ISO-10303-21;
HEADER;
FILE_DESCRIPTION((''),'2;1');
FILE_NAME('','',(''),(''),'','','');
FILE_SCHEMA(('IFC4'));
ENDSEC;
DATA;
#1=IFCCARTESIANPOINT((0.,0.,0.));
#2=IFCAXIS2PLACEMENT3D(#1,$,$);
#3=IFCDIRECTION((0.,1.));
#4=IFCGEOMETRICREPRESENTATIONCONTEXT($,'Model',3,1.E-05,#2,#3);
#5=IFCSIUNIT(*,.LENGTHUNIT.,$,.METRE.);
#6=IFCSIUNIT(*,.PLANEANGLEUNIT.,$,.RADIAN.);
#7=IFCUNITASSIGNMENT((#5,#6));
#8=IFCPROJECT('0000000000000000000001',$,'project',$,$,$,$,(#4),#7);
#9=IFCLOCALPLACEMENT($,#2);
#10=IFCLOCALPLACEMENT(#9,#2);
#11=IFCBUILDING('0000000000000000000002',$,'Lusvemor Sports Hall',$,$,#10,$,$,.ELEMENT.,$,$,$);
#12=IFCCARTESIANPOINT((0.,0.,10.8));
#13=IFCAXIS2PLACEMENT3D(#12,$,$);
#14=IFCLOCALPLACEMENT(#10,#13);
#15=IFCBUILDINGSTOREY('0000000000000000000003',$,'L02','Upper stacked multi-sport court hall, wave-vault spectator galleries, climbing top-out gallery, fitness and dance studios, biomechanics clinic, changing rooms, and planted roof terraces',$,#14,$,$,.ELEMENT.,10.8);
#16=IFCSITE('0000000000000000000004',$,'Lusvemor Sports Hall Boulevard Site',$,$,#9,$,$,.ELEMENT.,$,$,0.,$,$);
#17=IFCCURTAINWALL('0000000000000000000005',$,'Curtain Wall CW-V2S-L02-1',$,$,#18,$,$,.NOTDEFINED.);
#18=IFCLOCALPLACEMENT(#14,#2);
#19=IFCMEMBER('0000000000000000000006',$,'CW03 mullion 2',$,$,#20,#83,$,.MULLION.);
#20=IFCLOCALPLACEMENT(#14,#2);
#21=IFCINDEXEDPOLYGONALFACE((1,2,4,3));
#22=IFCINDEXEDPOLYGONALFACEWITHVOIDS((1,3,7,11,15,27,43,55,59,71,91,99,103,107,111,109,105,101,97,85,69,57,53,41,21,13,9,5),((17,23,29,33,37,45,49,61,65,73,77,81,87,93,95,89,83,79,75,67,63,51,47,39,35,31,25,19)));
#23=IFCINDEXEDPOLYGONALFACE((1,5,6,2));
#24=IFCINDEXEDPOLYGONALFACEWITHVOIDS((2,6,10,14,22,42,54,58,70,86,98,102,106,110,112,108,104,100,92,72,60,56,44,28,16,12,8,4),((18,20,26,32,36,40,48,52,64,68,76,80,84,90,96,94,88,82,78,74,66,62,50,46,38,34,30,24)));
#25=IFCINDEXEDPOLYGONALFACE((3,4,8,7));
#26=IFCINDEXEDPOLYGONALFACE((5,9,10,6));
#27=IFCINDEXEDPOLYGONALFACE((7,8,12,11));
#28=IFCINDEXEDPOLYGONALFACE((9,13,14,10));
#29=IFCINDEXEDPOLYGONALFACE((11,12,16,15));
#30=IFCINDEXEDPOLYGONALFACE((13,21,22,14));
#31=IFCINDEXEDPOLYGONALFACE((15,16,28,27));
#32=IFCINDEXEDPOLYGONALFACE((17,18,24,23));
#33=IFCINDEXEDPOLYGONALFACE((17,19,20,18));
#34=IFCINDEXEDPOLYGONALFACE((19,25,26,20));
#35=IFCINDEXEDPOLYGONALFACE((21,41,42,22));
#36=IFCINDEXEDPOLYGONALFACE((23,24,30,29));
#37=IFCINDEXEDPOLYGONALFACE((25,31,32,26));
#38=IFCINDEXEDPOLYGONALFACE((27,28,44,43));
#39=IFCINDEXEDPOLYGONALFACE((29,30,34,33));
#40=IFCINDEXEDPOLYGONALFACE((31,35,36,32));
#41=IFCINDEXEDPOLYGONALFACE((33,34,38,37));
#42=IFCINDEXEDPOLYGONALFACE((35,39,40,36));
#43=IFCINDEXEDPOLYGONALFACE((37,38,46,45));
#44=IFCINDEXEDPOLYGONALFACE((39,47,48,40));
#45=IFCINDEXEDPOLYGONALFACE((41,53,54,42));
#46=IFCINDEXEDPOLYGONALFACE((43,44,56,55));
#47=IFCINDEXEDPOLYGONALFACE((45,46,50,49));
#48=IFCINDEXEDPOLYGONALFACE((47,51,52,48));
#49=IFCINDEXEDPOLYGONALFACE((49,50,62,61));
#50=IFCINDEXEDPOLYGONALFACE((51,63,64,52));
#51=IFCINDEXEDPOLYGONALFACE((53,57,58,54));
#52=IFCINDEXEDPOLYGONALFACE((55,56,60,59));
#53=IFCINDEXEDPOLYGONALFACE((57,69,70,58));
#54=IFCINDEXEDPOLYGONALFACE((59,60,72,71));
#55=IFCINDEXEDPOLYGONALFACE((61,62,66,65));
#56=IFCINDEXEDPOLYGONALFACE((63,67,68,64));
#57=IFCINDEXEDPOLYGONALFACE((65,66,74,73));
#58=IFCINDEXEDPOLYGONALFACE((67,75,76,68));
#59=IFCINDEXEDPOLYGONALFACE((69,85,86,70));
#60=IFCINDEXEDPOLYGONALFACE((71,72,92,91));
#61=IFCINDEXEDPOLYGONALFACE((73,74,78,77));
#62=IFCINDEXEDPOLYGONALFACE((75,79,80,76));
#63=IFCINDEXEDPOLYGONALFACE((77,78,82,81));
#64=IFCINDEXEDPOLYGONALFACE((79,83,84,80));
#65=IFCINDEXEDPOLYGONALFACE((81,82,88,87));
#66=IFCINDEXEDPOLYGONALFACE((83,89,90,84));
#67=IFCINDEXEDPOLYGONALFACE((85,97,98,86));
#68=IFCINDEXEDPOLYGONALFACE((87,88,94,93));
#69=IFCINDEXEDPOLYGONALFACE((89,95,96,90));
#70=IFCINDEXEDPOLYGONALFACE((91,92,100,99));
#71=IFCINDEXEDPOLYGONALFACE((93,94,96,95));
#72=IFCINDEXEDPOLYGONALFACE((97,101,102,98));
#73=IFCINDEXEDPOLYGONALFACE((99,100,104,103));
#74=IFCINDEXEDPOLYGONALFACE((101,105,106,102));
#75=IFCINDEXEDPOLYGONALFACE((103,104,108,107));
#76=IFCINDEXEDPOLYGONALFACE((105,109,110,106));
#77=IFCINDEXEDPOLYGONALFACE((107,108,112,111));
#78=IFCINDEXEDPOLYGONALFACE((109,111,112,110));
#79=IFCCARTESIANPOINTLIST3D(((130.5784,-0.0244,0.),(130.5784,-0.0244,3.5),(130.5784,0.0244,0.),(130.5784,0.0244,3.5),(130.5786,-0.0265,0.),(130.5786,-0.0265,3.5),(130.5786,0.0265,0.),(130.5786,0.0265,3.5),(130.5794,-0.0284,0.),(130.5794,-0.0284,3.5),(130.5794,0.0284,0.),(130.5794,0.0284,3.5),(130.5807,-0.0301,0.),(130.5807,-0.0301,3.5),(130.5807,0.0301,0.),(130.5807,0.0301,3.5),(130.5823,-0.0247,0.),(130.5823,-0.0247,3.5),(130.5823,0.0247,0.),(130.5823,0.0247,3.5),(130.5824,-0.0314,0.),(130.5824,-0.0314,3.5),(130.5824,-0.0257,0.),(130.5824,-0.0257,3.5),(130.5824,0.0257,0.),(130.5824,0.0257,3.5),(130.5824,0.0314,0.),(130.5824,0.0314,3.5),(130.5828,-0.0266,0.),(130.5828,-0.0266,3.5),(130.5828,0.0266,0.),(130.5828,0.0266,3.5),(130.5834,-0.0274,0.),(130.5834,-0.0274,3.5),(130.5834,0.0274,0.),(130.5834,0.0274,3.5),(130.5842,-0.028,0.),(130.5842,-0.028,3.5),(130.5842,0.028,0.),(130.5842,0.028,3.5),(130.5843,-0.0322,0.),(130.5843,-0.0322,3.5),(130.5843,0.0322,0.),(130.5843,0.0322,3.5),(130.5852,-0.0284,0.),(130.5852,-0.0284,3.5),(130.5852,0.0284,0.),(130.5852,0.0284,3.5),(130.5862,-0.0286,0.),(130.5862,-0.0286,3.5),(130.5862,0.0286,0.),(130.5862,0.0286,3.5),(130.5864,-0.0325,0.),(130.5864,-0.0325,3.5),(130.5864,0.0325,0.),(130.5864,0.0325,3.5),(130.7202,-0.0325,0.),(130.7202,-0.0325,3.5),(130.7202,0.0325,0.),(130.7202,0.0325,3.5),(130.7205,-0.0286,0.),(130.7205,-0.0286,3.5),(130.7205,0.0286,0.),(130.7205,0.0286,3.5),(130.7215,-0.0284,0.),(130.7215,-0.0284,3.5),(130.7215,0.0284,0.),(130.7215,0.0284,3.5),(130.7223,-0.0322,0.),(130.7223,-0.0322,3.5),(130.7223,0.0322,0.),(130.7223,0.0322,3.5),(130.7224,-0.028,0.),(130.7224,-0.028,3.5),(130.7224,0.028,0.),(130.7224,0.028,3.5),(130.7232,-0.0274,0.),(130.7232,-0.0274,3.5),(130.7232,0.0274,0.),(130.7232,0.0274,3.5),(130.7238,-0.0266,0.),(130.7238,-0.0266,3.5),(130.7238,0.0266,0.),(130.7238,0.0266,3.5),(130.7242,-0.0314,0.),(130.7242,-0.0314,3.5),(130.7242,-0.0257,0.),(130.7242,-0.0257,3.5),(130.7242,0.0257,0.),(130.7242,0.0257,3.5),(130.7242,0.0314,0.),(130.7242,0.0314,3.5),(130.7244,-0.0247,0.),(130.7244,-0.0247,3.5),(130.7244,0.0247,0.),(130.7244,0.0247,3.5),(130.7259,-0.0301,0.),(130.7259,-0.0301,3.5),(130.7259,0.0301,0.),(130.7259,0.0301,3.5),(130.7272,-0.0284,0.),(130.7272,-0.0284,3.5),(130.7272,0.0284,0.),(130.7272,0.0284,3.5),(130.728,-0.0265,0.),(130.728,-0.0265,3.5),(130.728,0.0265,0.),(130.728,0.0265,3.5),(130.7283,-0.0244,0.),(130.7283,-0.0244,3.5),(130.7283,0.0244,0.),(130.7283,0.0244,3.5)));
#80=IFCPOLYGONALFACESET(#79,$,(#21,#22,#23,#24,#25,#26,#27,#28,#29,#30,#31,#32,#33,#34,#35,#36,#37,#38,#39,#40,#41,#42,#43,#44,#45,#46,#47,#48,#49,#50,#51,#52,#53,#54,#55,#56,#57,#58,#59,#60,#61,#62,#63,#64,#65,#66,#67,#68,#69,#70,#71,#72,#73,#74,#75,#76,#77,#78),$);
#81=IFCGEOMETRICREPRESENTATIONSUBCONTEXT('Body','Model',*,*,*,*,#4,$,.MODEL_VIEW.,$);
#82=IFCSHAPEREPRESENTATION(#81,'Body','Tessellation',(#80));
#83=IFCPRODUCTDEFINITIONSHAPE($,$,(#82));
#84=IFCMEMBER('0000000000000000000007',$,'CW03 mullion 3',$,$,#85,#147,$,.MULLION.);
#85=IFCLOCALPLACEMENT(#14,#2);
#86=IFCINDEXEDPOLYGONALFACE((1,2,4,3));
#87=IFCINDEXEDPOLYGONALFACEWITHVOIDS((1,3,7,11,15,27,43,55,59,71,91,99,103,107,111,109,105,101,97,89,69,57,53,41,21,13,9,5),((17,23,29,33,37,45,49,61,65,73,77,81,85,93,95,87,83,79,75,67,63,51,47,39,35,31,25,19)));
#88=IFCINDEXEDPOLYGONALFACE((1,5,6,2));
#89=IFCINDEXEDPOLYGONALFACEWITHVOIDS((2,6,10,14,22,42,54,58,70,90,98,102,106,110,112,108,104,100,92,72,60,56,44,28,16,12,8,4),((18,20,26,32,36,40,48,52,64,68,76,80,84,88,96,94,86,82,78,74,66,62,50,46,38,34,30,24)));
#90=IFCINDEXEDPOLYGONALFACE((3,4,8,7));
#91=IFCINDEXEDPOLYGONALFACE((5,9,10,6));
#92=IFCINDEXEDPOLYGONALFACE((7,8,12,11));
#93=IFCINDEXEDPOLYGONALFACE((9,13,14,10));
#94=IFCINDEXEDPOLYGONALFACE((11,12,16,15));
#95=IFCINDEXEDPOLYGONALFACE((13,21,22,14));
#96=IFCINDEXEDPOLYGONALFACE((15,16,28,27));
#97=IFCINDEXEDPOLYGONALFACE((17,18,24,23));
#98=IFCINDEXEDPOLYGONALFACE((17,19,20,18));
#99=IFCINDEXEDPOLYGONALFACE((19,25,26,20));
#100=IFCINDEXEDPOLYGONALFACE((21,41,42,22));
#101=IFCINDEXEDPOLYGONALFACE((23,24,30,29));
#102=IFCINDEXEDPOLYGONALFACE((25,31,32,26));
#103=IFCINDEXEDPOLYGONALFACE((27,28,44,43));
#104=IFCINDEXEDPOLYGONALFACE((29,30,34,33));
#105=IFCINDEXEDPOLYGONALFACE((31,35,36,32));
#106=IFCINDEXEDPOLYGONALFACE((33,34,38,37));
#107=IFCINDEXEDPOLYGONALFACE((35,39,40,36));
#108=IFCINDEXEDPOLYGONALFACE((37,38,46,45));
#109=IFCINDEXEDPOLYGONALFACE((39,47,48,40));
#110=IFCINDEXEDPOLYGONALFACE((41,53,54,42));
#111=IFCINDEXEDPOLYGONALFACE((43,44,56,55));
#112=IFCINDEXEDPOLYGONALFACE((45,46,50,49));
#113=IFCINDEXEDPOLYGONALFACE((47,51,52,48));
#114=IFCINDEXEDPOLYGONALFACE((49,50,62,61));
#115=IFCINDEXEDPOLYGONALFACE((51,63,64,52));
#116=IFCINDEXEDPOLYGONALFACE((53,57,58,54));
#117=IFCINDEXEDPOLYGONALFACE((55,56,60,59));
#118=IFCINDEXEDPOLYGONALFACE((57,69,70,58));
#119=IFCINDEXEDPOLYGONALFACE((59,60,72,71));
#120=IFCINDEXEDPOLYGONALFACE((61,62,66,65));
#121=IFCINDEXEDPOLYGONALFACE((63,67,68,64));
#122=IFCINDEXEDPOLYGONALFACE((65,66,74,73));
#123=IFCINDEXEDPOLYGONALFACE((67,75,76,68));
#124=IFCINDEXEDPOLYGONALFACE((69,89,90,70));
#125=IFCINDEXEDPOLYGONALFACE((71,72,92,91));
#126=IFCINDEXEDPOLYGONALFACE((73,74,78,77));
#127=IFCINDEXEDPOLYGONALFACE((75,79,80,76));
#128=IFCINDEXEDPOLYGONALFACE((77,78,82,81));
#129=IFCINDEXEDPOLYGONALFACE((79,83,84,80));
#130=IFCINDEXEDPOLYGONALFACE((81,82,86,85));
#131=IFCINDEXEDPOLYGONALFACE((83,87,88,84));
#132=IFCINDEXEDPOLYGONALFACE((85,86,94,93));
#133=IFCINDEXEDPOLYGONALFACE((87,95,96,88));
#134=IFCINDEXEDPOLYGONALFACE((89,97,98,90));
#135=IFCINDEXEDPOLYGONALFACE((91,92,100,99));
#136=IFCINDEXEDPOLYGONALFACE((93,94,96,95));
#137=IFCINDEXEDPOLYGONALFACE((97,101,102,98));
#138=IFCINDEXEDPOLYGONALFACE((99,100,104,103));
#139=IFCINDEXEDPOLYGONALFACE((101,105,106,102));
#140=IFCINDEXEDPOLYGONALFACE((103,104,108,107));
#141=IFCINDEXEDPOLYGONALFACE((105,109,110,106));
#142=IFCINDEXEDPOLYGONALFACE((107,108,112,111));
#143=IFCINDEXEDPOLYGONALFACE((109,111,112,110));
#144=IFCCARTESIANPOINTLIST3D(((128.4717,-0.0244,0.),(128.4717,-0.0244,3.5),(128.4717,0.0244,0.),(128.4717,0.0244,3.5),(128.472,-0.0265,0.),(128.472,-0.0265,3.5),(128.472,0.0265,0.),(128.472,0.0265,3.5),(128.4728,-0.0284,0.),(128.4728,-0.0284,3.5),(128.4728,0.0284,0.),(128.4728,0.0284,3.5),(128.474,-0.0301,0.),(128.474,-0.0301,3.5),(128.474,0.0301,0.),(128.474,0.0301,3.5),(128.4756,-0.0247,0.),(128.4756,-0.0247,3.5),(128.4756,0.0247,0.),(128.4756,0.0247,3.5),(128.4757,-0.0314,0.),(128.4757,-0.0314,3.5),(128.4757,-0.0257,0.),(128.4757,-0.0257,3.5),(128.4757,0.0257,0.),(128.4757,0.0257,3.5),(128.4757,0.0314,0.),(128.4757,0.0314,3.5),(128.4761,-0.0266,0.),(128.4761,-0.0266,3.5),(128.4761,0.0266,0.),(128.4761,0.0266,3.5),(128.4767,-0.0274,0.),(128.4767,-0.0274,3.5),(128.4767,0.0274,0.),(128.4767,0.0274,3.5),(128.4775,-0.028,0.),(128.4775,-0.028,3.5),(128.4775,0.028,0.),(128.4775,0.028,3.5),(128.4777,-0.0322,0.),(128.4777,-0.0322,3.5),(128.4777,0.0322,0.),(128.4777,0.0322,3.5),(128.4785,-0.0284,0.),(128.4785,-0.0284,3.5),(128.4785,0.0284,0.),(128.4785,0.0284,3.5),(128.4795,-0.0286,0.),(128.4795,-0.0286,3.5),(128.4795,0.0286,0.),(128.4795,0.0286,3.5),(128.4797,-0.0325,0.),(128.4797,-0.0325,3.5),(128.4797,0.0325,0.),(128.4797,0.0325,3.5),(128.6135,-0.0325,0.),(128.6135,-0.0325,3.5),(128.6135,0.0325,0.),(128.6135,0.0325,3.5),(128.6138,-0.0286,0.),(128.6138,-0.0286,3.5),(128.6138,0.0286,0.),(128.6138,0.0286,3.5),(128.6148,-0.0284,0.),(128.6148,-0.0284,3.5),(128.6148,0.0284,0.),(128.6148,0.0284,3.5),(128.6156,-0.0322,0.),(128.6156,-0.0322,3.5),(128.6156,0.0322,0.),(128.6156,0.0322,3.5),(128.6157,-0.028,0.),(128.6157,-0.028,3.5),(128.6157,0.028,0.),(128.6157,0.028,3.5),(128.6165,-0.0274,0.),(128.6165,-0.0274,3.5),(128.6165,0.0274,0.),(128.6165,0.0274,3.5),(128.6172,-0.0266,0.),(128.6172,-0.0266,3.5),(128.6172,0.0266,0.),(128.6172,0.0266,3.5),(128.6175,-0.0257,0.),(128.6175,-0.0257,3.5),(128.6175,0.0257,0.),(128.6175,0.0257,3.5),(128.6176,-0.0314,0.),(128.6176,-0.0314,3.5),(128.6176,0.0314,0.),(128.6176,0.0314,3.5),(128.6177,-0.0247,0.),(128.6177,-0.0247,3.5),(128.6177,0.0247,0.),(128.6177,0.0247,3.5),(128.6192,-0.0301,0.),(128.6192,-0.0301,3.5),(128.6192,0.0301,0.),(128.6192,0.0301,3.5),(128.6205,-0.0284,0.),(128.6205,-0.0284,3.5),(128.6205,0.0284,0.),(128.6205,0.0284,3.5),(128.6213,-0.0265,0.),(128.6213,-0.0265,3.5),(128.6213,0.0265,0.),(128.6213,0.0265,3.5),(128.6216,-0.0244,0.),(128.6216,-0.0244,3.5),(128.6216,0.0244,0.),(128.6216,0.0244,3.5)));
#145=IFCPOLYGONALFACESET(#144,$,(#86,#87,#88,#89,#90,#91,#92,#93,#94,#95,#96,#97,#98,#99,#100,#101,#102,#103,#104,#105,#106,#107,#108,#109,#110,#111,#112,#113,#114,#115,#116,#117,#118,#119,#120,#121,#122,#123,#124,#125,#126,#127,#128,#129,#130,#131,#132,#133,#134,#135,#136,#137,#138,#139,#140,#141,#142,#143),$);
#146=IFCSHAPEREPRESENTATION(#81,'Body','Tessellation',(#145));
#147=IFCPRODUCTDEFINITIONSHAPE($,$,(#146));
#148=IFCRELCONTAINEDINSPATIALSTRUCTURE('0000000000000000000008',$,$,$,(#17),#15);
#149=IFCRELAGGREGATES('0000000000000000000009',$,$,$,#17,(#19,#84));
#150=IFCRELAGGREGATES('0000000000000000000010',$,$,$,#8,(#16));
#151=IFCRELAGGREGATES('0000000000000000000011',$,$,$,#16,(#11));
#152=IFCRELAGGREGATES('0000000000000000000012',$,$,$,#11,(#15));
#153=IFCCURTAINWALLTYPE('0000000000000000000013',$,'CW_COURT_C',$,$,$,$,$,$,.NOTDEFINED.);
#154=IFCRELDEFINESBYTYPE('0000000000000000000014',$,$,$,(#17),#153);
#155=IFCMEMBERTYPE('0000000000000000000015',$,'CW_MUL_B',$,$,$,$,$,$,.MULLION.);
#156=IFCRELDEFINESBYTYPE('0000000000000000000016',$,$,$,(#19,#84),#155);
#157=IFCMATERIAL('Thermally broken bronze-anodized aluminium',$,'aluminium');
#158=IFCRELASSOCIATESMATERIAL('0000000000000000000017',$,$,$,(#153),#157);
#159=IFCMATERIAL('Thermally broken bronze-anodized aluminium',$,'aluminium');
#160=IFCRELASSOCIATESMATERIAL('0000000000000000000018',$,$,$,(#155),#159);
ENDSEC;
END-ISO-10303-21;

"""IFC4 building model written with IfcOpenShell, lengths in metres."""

from ifc_helpers import new_model, si_unit, direction, frame, origin, origin_2d, place, context, subcontext, project, spatial, hollow_rectangle, extrude, material, material_profile, profile_set, type_object, element, aggregate, save


model = new_model("IFC4")

# Units and contexts
model_context = context("Model", 3, precision=1e-05, world=origin(), true_north=direction((0.0, 1.0)))
body_context = subcontext(model_context, "Body", "Model", "MODEL_VIEW")
ifc_project = project(units=[si_unit("LENGTHUNIT", "METRE"), si_unit("PLANEANGLEUNIT", "RADIAN")], contexts=[model_context])

# Site, building, storey
site_placement = place(None, origin())
site = spatial("IfcSite", under=ifc_project, at=site_placement, Name="Lusvemor Sports Hall Boulevard Site", CompositionType="ELEMENT", RefElevation=0.0)
building_placement = place(site_placement, origin())
building = spatial("IfcBuilding", under=site, at=building_placement, Name="Lusvemor Sports Hall", CompositionType="ELEMENT")
storey_placement = place(building_placement, frame((0.0, 0.0, 10.8)))
storey = spatial("IfcBuildingStorey", under=building, at=storey_placement, Name="L02", Description="Upper stacked multi-sport court hall, wave-vault spectator galleries, climbing top-out gallery, fitness and dance studios, biomechanics clinic, changing rooms, and planted roof terraces", CompositionType="ELEMENT", Elevation=10.8)

# Curtain wall, members
ifc_material_1 = material(Name="Thermally broken bronze-anodized aluminium", Category="aluminium")
curtain_wall_type = type_object("IfcCurtainWallType", Name="CW_COURT_C", PredefinedType="NOTDEFINED", material=ifc_material_1)
curtain_wall_placement = place(storey_placement, origin())
curtain_wall = element("IfcCurtainWall", 1, at=curtain_wall_placement, inside=storey, type_object=curtain_wall_type, Name="Curtain Wall CW-V2S-L02-1", PredefinedType="NOTDEFINED")
ifc_material_2 = material(Name="Thermally broken bronze-anodized aluminium", Category="aluminium")
ifc_material_profile_1 = material_profile(ifc_material_2, hollow_rectangle(XDim=0.0649, YDim=0.1499, WallThickness=0.0039, InnerFilletRadius=0.0039, OuterFilletRadius=0.0081, at=origin_2d()), Name="CWMUL150x65x4")
ifc_profile_set_1 = profile_set([ifc_material_profile_1], Name="Thermally broken bronze-anodized aluminium")
member_type_1 = type_object("IfcMemberType", Name="CW_MUL_B", PredefinedType="MULLION", material=ifc_profile_set_1)
member_1_placement = place(storey_placement, frame((130.6533, 0.0, 0.0), z_axis=(0.0, 0.0, 1.0), x_axis=(0.0, -1.0, 0.0)))
member_1 = element("IfcMember", 2, at=member_1_placement, type_object=member_type_1, Name="CW03 mullion 2", PredefinedType="MULLION", context=body_context, shape_type="SweptSolid", body=[
    extrude(hollow_rectangle(XDim=0.0649, YDim=0.1499, WallThickness=0.0039, InnerFilletRadius=0.0039, OuterFilletRadius=0.0081, at=origin_2d()), origin(), (0.0, 0.0, 1.0), 3.5),
])
member_2_placement = place(storey_placement, frame((128.5466, 0.0, 0.0), z_axis=(0.0, 0.0, 1.0), x_axis=(0.0, -1.0, 0.0)))
member_2 = element("IfcMember", 3, at=member_2_placement, type_object=member_type_1, Name="CW03 mullion 3", PredefinedType="MULLION", context=body_context, shape_type="SweptSolid", body=[
    extrude(hollow_rectangle(XDim=0.0649, YDim=0.1499, WallThickness=0.0039, InnerFilletRadius=0.0039, OuterFilletRadius=0.0081, at=origin_2d()), origin(), (0.0, 0.0, 1.0), 3.5),
])
aggregate(curtain_wall, [member_1, member_2])

save(model, "model.ifc")
